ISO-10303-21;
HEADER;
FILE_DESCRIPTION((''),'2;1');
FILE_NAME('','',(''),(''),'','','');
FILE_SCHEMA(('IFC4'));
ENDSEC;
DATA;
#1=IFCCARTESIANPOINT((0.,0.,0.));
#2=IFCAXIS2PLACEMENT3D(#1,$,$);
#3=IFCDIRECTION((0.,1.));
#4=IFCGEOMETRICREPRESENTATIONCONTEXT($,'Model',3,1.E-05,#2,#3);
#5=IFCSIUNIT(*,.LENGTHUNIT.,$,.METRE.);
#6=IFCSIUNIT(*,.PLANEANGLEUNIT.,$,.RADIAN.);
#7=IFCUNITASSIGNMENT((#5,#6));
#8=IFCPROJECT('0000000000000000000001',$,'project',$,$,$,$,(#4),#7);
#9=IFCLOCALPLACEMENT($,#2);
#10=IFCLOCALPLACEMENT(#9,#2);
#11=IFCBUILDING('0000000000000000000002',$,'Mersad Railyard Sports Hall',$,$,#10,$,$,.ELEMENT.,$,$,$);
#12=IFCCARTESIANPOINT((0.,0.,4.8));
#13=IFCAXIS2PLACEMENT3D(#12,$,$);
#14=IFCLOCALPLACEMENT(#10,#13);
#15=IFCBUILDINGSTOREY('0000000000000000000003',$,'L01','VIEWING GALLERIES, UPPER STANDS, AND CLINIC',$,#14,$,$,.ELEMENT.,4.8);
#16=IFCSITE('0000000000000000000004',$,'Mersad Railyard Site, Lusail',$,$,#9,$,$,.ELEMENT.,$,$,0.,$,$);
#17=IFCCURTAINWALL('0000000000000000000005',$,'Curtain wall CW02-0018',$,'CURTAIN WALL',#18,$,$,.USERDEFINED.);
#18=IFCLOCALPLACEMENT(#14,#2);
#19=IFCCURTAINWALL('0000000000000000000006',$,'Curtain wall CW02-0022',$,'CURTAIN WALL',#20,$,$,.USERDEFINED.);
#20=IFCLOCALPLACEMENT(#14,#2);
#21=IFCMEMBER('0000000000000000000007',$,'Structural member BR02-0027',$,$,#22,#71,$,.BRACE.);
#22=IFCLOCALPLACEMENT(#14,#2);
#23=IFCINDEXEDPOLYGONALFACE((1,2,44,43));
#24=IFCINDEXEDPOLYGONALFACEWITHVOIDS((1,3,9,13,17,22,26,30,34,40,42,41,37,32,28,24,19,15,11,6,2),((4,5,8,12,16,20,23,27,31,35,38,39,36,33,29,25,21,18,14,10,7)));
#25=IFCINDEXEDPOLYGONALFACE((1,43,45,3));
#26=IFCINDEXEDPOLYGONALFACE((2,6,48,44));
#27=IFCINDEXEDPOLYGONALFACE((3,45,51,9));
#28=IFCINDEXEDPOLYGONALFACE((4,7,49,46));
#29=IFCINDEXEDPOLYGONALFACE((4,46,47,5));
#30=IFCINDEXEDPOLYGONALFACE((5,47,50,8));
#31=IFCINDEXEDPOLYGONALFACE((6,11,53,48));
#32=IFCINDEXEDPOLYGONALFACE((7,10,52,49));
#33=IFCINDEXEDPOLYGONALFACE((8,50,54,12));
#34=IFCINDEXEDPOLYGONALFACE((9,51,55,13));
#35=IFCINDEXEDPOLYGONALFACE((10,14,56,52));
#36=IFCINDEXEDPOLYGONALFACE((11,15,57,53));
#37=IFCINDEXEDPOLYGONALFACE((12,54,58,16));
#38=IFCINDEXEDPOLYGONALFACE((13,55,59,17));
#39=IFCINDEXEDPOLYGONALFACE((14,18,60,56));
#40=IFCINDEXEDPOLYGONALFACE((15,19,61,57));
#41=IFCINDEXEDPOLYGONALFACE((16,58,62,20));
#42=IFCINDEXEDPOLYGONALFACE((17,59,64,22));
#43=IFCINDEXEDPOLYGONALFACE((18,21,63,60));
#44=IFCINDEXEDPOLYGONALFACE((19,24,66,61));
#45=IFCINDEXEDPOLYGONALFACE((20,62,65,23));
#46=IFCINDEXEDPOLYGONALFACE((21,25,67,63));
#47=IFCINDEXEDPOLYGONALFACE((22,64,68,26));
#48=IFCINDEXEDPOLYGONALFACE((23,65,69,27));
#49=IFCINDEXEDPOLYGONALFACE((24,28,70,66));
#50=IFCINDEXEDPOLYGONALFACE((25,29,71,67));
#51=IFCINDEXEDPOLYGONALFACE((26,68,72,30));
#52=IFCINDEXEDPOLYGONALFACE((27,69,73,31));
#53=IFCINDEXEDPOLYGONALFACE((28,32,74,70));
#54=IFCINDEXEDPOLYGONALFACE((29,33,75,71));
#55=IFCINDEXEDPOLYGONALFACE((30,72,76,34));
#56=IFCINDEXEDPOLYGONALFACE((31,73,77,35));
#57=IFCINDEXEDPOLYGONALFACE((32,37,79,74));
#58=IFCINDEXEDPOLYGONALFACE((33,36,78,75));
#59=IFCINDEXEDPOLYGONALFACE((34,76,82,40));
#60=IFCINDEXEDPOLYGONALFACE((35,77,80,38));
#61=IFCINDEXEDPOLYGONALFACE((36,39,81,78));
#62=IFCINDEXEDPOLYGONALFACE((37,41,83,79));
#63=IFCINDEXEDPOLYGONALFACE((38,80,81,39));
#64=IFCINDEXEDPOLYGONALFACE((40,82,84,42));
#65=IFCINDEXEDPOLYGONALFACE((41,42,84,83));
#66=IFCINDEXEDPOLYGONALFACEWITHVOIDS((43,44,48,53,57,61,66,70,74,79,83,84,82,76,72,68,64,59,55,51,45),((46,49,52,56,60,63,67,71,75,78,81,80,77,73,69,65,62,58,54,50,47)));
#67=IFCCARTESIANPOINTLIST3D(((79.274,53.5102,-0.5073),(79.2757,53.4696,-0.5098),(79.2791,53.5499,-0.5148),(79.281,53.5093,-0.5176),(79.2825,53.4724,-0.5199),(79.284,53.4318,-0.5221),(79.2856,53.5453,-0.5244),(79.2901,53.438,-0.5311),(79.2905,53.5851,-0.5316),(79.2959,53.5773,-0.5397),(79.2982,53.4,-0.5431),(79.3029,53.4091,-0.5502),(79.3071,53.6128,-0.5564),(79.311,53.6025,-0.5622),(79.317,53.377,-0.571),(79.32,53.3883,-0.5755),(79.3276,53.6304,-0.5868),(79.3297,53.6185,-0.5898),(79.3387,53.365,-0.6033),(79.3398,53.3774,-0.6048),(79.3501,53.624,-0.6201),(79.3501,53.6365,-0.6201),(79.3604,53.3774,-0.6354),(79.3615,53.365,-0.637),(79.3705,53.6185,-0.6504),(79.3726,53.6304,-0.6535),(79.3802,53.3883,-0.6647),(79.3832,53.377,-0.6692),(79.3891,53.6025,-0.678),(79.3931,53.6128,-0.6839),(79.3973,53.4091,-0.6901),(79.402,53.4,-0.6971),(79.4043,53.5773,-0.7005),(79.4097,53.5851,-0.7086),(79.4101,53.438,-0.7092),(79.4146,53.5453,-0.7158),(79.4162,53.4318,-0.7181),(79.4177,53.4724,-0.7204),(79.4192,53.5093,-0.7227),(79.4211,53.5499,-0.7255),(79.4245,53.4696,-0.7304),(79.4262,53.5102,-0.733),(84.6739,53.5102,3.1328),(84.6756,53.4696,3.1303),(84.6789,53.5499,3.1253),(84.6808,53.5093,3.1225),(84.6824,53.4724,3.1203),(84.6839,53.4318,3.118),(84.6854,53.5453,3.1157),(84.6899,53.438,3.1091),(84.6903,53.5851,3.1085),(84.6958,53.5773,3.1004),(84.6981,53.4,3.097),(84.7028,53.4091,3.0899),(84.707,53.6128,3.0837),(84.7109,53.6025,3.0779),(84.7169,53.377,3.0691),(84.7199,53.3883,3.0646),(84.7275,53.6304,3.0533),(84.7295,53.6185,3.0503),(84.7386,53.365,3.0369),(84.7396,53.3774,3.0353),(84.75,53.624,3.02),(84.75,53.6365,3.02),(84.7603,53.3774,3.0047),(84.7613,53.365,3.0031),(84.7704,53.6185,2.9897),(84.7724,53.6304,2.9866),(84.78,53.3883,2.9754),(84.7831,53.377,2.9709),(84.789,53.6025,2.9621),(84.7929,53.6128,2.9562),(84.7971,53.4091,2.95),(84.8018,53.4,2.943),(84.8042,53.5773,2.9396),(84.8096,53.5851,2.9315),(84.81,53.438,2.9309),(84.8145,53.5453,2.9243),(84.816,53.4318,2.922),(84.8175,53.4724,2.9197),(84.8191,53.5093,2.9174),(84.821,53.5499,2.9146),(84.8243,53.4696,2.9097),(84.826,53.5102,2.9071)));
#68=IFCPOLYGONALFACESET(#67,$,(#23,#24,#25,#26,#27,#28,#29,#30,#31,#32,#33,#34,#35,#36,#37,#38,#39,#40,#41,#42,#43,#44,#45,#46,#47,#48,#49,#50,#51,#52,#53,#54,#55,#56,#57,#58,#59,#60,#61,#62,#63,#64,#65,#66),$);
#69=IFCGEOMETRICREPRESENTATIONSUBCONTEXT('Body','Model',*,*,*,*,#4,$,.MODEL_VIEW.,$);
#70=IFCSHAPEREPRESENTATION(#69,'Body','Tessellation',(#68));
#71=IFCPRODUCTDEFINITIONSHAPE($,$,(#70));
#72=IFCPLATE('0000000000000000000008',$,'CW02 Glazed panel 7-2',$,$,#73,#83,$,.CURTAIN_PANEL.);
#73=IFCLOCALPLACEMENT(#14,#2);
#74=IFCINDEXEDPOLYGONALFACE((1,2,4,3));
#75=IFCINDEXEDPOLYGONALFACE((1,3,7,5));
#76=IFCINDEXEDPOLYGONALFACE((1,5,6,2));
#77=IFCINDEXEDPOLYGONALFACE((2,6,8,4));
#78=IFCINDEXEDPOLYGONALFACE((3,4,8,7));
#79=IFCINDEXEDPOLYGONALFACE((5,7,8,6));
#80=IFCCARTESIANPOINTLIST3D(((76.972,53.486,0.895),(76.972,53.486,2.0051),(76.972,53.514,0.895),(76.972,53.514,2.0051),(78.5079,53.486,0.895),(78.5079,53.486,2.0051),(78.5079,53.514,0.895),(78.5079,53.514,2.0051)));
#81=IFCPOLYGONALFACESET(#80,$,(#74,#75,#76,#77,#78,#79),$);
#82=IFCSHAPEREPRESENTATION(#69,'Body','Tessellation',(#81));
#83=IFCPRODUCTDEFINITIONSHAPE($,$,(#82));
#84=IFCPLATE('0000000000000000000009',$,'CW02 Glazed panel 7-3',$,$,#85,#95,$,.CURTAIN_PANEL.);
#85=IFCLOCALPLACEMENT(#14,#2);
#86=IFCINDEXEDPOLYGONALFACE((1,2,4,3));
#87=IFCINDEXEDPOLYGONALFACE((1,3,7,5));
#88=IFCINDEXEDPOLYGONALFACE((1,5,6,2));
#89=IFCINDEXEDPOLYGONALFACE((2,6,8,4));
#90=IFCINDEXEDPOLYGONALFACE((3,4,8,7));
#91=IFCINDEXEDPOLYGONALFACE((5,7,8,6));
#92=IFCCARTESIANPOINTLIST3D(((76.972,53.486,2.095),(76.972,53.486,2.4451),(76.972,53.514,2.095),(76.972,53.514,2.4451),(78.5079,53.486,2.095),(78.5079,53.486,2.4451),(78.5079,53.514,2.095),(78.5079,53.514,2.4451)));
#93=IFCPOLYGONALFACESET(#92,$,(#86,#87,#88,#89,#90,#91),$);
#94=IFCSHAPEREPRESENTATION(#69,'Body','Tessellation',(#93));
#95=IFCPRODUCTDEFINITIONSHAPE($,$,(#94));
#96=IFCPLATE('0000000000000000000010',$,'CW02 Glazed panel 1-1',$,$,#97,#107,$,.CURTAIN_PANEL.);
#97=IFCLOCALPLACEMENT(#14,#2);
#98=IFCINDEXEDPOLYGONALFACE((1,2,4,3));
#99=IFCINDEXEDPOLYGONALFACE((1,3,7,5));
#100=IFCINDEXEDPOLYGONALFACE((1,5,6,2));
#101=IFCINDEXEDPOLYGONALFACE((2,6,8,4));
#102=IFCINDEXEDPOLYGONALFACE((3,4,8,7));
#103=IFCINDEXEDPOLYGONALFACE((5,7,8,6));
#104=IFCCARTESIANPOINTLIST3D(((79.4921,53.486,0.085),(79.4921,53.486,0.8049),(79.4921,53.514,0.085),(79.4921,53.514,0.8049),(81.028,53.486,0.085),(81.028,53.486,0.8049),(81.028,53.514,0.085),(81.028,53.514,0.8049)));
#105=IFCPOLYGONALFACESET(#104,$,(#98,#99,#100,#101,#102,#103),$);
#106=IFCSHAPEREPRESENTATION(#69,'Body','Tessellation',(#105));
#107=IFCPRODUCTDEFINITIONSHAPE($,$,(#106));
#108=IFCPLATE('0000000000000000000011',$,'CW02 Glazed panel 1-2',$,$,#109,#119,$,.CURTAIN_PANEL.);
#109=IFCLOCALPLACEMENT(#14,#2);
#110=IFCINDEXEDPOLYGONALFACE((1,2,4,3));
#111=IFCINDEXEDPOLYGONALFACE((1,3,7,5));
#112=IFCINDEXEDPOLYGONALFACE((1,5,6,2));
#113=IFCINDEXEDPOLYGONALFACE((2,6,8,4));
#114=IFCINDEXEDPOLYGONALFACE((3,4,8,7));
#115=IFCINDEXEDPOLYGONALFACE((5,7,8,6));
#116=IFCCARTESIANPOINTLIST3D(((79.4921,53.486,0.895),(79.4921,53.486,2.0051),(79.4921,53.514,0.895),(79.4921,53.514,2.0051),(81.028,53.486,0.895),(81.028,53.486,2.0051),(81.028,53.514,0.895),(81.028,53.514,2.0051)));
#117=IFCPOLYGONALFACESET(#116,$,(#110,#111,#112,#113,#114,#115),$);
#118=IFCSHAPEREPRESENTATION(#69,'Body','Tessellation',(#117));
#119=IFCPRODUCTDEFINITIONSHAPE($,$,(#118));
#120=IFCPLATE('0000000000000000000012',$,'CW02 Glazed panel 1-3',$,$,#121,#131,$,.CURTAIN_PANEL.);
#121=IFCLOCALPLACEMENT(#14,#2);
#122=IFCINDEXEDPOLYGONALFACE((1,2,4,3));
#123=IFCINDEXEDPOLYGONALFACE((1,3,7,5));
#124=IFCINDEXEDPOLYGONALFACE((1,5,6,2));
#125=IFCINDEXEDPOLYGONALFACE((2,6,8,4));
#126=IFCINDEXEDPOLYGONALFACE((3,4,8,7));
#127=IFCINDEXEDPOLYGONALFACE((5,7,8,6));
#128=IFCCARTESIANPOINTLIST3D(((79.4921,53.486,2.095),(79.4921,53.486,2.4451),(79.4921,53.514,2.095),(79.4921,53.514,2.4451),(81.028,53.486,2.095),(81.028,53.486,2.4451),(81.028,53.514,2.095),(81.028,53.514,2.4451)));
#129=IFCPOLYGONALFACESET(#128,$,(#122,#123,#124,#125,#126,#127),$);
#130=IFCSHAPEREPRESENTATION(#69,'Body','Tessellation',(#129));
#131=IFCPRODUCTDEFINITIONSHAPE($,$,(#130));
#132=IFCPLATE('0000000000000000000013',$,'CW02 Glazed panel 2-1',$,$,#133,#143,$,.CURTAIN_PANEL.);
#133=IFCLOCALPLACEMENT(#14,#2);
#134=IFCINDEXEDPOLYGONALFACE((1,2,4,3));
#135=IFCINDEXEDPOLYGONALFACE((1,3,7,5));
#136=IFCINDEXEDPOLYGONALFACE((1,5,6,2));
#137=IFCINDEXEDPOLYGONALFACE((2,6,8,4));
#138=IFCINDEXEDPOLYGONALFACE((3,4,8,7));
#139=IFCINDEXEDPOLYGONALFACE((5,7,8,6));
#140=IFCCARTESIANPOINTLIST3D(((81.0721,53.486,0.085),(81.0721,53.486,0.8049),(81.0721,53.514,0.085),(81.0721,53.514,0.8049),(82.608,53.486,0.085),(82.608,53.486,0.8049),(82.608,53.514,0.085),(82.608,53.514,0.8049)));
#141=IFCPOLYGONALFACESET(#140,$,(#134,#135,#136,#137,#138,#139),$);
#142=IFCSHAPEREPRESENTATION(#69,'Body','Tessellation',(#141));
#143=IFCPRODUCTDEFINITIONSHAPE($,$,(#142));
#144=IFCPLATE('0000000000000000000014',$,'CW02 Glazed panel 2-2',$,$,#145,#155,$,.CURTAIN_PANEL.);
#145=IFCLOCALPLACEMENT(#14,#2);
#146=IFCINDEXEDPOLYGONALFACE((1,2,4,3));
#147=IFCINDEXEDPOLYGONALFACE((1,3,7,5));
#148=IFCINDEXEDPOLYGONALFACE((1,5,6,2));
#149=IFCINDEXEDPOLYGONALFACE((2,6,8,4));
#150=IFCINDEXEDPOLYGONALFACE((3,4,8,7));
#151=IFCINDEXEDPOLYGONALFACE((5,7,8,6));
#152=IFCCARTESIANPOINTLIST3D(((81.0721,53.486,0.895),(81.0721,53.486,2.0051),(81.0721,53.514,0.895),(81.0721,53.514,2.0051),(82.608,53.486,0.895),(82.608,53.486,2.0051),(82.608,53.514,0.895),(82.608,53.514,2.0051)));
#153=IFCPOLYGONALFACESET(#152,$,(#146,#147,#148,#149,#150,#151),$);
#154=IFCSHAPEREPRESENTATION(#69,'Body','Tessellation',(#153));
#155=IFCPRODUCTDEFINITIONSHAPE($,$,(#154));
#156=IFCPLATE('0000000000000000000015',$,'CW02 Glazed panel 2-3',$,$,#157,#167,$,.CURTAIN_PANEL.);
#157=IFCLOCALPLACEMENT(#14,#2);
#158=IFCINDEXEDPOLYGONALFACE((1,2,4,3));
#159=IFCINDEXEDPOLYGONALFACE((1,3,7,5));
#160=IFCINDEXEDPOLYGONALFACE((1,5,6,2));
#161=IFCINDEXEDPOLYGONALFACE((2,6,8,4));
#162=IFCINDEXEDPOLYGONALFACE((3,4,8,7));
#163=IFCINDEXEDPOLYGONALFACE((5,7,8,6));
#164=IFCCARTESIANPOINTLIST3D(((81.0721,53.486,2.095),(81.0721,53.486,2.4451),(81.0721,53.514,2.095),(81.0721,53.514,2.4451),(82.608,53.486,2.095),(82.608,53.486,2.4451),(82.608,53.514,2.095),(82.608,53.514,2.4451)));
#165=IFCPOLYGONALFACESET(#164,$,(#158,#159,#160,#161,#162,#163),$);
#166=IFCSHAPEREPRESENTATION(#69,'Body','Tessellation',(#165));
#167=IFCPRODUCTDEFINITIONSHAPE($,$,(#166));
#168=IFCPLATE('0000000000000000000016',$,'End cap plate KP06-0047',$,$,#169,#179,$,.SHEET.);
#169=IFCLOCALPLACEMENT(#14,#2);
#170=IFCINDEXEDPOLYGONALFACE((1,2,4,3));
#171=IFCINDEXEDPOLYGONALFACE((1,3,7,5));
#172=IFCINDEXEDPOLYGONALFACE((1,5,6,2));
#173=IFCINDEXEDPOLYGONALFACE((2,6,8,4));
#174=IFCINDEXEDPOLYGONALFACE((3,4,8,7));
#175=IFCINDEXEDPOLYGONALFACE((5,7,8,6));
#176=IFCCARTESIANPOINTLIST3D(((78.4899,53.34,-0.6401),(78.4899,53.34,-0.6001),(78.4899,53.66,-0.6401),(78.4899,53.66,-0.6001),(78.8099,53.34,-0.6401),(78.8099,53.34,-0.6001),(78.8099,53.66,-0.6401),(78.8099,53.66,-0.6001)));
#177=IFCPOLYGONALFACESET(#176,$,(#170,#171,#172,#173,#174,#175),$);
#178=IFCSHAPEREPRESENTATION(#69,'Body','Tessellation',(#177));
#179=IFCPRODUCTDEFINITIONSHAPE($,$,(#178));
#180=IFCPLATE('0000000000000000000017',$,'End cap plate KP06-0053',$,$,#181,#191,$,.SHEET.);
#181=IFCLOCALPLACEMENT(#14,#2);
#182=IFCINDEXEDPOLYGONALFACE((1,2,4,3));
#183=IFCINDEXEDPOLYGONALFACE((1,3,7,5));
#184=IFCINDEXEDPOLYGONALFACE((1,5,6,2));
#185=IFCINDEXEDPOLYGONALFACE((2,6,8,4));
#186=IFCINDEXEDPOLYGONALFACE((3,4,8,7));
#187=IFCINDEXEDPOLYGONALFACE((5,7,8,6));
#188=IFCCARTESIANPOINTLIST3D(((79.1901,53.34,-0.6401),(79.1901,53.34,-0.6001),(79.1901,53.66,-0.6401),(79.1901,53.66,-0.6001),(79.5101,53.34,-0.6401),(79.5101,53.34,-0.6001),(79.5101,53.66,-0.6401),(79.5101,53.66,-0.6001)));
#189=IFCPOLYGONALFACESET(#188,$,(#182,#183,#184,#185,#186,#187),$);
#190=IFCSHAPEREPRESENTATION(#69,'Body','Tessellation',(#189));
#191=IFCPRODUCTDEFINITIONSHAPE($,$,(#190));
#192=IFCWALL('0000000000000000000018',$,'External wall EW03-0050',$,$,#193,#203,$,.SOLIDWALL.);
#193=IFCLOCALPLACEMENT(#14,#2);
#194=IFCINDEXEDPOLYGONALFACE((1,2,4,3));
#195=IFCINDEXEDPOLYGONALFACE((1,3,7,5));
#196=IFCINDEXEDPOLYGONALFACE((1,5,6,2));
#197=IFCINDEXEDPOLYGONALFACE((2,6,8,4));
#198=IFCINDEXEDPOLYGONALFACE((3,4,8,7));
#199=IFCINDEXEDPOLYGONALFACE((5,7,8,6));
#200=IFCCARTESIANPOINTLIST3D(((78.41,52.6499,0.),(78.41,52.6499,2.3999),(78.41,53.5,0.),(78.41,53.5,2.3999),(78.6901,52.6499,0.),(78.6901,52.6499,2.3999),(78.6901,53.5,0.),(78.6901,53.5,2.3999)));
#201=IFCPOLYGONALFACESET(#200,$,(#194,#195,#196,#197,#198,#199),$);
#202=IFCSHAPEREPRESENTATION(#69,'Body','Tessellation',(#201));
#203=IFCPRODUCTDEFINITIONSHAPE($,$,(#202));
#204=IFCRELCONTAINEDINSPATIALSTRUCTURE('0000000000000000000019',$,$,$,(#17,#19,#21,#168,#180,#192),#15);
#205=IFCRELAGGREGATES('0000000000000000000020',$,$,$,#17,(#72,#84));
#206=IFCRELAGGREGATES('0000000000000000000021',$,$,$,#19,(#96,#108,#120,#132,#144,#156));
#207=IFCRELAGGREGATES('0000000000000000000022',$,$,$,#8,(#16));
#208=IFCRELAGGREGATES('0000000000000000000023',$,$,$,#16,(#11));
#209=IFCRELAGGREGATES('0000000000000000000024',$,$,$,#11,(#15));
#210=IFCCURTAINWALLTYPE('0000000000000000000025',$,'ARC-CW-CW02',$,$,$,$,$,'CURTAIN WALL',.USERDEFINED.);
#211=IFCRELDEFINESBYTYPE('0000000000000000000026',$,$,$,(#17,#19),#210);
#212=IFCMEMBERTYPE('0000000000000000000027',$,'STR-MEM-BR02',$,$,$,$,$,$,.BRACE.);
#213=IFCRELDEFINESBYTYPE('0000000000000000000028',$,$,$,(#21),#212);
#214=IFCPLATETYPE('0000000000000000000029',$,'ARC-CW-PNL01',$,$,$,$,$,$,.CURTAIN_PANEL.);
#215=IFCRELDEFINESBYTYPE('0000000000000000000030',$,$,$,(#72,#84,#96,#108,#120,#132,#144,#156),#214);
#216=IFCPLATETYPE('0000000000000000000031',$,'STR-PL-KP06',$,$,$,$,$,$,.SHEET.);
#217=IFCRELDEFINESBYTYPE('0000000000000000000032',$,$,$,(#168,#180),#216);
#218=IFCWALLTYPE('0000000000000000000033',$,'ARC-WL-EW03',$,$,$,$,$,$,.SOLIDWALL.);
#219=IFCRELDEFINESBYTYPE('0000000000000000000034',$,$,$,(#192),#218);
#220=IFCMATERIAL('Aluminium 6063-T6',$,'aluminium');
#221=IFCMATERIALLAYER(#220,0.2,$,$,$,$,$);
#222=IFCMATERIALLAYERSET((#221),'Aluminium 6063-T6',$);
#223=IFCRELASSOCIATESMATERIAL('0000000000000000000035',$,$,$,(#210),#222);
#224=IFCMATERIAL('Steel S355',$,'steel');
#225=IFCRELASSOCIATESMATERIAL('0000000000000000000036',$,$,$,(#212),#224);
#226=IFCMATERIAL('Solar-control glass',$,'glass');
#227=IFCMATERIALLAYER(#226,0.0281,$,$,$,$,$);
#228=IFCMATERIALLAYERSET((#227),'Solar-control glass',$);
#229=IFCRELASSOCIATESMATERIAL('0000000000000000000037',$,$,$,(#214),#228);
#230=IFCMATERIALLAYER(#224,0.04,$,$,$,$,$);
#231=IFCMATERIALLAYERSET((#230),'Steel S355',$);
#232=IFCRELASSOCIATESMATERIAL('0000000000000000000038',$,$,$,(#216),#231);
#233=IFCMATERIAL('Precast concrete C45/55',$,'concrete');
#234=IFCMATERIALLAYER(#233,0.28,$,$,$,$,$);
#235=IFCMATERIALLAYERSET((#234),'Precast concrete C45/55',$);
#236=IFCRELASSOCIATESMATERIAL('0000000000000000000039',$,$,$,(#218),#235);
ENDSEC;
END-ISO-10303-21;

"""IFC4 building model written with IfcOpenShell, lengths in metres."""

from ifc_helpers import new_model, si_unit, direction, frame, frame_2d, origin, origin_2d, place, context, subcontext, project, spatial, rectangle, hollow_circle, extrude, material, layer, layer_set, material_profile, profile_set, type_object, element, aggregate, save


model = new_model("IFC4")

# Units and contexts
model_context = context("Model", 3, precision=1e-05, world=origin(), true_north=direction((0.0, 1.0)))
body_context = subcontext(model_context, "Body", "Model", "MODEL_VIEW")
ifc_project = project(units=[si_unit("LENGTHUNIT", "METRE"), si_unit("PLANEANGLEUNIT", "RADIAN")], contexts=[model_context])

# Site, building, storey
site_placement = place(None, origin())
site = spatial("IfcSite", under=ifc_project, at=site_placement, Name="Mersad Railyard Site, Lusail", CompositionType="ELEMENT", RefElevation=0.0)
building_placement = place(site_placement, origin())
building = spatial("IfcBuilding", under=site, at=building_placement, Name="Mersad Railyard Sports Hall", CompositionType="ELEMENT")
storey_placement = place(building_placement, frame((0.0, 0.0, 4.8)))
storey = spatial("IfcBuildingStorey", under=building, at=storey_placement, Name="L01", Description="VIEWING GALLERIES, UPPER STANDS, AND CLINIC", CompositionType="ELEMENT", Elevation=4.8)

# Curtain wall
ifc_material_1 = material(Name="Aluminium 6063-T6", Category="aluminium")
ifc_layer_1 = layer(ifc_material_1, 0.2)
ifc_layer_set_1 = layer_set([ifc_layer_1], Name="Aluminium 6063-T6")
curtain_wall_type = type_object("IfcCurtainWallType", Name="ARC-CW-CW02", ElementType="CURTAIN WALL", PredefinedType="USERDEFINED", material=ifc_layer_set_1)
curtain_wall_1_placement = place(storey_placement, origin())
curtain_wall_1 = element("IfcCurtainWall", 1, at=curtain_wall_1_placement, inside=storey, type_object=curtain_wall_type, Name="Curtain wall CW02-0018", ObjectType="CURTAIN WALL", PredefinedType="USERDEFINED")

# Curtain wall
curtain_wall_2_placement = place(storey_placement, origin())
curtain_wall_2 = element("IfcCurtainWall", 2, at=curtain_wall_2_placement, inside=storey, type_object=curtain_wall_type, Name="Curtain wall CW02-0022", ObjectType="CURTAIN WALL", PredefinedType="USERDEFINED")

# Member
ifc_material_2 = material(Name="Steel S355", Category="steel")
ifc_material_profile_1 = material_profile(ifc_material_2, hollow_circle(Radius=0.1365, WallThickness=0.0125, at=origin_2d()), Name="CHS 273x12.5")
ifc_profile_set_1 = profile_set([ifc_material_profile_1], Name="Steel S355")
member_type_1 = type_object("IfcMemberType", Name="STR-MEM-BR02", PredefinedType="BRACE", material=ifc_profile_set_1)
for number, where, z_axis, x_axis, name in (
    (3, (79.3501, 53.5, -0.6201), (0.82919, 0.0, 0.558967), (0.0, 1.0, 0.0), "Structural member BR02-0027"),
):
    element("IfcMember", number, at=place(storey_placement, frame(where, z_axis=z_axis, x_axis=x_axis)), inside=storey, type_object=member_type_1, Name=name, PredefinedType="BRACE", context=body_context, shape_type="SweptSolid", body=[
        extrude(hollow_circle(Radius=0.1365, WallThickness=0.0125, at=origin_2d()), origin(), (0.0, 0.0, 1.0), 6.5122),
    ])

# Plates
ifc_material_3 = material(Name="Solar-control glass", Category="glass")
ifc_layer_2 = layer(ifc_material_3, 0.0281)
ifc_layer_set_2 = layer_set([ifc_layer_2], Name="Solar-control glass")
plate_type_1 = type_object("IfcPlateType", Name="ARC-CW-PNL01", PredefinedType="CURTAIN_PANEL", material=ifc_layer_set_2)
plate_1_placement = place(storey_placement, frame((77.74, 53.5, 0.895), z_axis=(0.0, 0.0, 1.0), x_axis=(1.0, 0.0, 0.0)))
plate_1 = element("IfcPlate", 4, at=plate_1_placement, type_object=plate_type_1, Name="CW02 Glazed panel 7-2", PredefinedType="CURTAIN_PANEL", context=body_context, shape_type="SweptSolid", body=[
    extrude(rectangle(XDim=1.5359, YDim=0.0281, at=origin_2d()), origin(), (0.0, 0.0, 1.0), 1.1101),
])
plate_2_placement = place(storey_placement, frame((77.74, 53.5, 2.095), z_axis=(0.0, 0.0, 1.0), x_axis=(1.0, 0.0, 0.0)))
plate_2 = element("IfcPlate", 5, at=plate_2_placement, type_object=plate_type_1, Name="CW02 Glazed panel 7-3", PredefinedType="CURTAIN_PANEL", context=body_context, shape_type="SweptSolid", body=[
    extrude(rectangle(XDim=1.5359, YDim=0.0281, at=origin_2d()), origin(), (0.0, 0.0, 1.0), 0.3501),
])
aggregate(curtain_wall_1, [plate_1, plate_2])
plate_3_placement = place(storey_placement, frame((80.26, 53.5, 0.085), z_axis=(0.0, 0.0, 1.0), x_axis=(1.0, 0.0, 0.0)))
plate_3 = element("IfcPlate", 6, at=plate_3_placement, type_object=plate_type_1, Name="CW02 Glazed panel 1-1", PredefinedType="CURTAIN_PANEL", context=body_context, shape_type="SweptSolid", body=[
    extrude(rectangle(XDim=1.5359, YDim=0.0281, at=origin_2d()), origin(), (0.0, 0.0, 1.0), 0.72),
])
plate_4_placement = place(storey_placement, frame((80.26, 53.5, 0.895), z_axis=(0.0, 0.0, 1.0), x_axis=(1.0, 0.0, 0.0)))
plate_4 = element("IfcPlate", 7, at=plate_4_placement, type_object=plate_type_1, Name="CW02 Glazed panel 1-2", PredefinedType="CURTAIN_PANEL", context=body_context, shape_type="SweptSolid", body=[
    extrude(rectangle(XDim=1.5359, YDim=0.0281, at=origin_2d()), origin(), (0.0, 0.0, 1.0), 1.1101),
])
plate_5_placement = place(storey_placement, frame((80.26, 53.5, 2.095), z_axis=(0.0, 0.0, 1.0), x_axis=(1.0, 0.0, 0.0)))
plate_5 = element("IfcPlate", 8, at=plate_5_placement, type_object=plate_type_1, Name="CW02 Glazed panel 1-3", PredefinedType="CURTAIN_PANEL", context=body_context, shape_type="SweptSolid", body=[
    extrude(rectangle(XDim=1.5359, YDim=0.0281, at=origin_2d()), origin(), (0.0, 0.0, 1.0), 0.3501),
])
plate_6_placement = place(storey_placement, frame((81.8401, 53.5, 0.085), z_axis=(0.0, 0.0, 1.0), x_axis=(1.0, 0.0, 0.0)))
plate_6 = element("IfcPlate", 9, at=plate_6_placement, type_object=plate_type_1, Name="CW02 Glazed panel 2-1", PredefinedType="CURTAIN_PANEL", context=body_context, shape_type="SweptSolid", body=[
    extrude(rectangle(XDim=1.5359, YDim=0.0281, at=origin_2d()), origin(), (0.0, 0.0, 1.0), 0.72),
])
plate_7_placement = place(storey_placement, frame((81.8401, 53.5, 0.895), z_axis=(0.0, 0.0, 1.0), x_axis=(1.0, 0.0, 0.0)))
plate_7 = element("IfcPlate", 10, at=plate_7_placement, type_object=plate_type_1, Name="CW02 Glazed panel 2-2", PredefinedType="CURTAIN_PANEL", context=body_context, shape_type="SweptSolid", body=[
    extrude(rectangle(XDim=1.5359, YDim=0.0281, at=origin_2d()), origin(), (0.0, 0.0, 1.0), 1.1101),
])
plate_8_placement = place(storey_placement, frame((81.8401, 53.5, 2.095), z_axis=(0.0, 0.0, 1.0), x_axis=(1.0, 0.0, 0.0)))
plate_8 = element("IfcPlate", 11, at=plate_8_placement, type_object=plate_type_1, Name="CW02 Glazed panel 2-3", PredefinedType="CURTAIN_PANEL", context=body_context, shape_type="SweptSolid", body=[
    extrude(rectangle(XDim=1.5359, YDim=0.0281, at=origin_2d()), origin(), (0.0, 0.0, 1.0), 0.3501),
])
aggregate(curtain_wall_2, [plate_3, plate_4, plate_5, plate_6, plate_7, plate_8])

# Plates
ifc_layer_3 = layer(ifc_material_2, 0.04)
ifc_layer_set_3 = layer_set([ifc_layer_3], Name="Steel S355")
plate_type_2 = type_object("IfcPlateType", Name="STR-PL-KP06", PredefinedType="SHEET", material=ifc_layer_set_3)
for number, where, z_axis, x_axis, name in (
    (12, (78.6499, 53.5, -0.6401), (0.0, 0.0, 1.0), (1.0, 0.0, 0.0), "End cap plate KP06-0047"),
    (13, (79.3501, 53.5, -0.6401), (0.0, 0.0, 1.0), (1.0, 0.0, 0.0), "End cap plate KP06-0053"),
):
    element("IfcPlate", number, at=place(storey_placement, frame(where, z_axis=z_axis, x_axis=x_axis)), inside=storey, type_object=plate_type_2, Name=name, PredefinedType="SHEET", context=body_context, shape_type="SweptSolid", body=[
        extrude(rectangle(XDim=0.3201, YDim=0.3201, at=origin_2d()), origin(), (0.0, 0.0, 1.0), 0.04),
    ])

# Wall
ifc_material_4 = material(Name="Precast concrete C45/55", Category="concrete")
ifc_layer_4 = layer(ifc_material_4, 0.28)
ifc_layer_set_4 = layer_set([ifc_layer_4], Name="Precast concrete C45/55")
wall_type_1 = type_object("IfcWallType", Name="ARC-WL-EW03", PredefinedType="SOLIDWALL", material=ifc_layer_set_4)
wall_1_placement = place(storey_placement, frame((78.55, 53.5, 0.0), z_axis=(0.0, 0.0, 1.0), x_axis=(0.0, -1.0, 0.0)))
element("IfcWall", 14, at=wall_1_placement, inside=storey, type_object=wall_type_1, Name="External wall EW03-0050", PredefinedType="SOLIDWALL", context=body_context, shape_type="SweptSolid", body=[
    extrude(rectangle(XDim=0.8501, YDim=0.28, at=frame_2d((0.425, 0.0))), origin(), (0.0, 0.0, 1.0), 2.3999),
])

save(model, "model.ifc")
